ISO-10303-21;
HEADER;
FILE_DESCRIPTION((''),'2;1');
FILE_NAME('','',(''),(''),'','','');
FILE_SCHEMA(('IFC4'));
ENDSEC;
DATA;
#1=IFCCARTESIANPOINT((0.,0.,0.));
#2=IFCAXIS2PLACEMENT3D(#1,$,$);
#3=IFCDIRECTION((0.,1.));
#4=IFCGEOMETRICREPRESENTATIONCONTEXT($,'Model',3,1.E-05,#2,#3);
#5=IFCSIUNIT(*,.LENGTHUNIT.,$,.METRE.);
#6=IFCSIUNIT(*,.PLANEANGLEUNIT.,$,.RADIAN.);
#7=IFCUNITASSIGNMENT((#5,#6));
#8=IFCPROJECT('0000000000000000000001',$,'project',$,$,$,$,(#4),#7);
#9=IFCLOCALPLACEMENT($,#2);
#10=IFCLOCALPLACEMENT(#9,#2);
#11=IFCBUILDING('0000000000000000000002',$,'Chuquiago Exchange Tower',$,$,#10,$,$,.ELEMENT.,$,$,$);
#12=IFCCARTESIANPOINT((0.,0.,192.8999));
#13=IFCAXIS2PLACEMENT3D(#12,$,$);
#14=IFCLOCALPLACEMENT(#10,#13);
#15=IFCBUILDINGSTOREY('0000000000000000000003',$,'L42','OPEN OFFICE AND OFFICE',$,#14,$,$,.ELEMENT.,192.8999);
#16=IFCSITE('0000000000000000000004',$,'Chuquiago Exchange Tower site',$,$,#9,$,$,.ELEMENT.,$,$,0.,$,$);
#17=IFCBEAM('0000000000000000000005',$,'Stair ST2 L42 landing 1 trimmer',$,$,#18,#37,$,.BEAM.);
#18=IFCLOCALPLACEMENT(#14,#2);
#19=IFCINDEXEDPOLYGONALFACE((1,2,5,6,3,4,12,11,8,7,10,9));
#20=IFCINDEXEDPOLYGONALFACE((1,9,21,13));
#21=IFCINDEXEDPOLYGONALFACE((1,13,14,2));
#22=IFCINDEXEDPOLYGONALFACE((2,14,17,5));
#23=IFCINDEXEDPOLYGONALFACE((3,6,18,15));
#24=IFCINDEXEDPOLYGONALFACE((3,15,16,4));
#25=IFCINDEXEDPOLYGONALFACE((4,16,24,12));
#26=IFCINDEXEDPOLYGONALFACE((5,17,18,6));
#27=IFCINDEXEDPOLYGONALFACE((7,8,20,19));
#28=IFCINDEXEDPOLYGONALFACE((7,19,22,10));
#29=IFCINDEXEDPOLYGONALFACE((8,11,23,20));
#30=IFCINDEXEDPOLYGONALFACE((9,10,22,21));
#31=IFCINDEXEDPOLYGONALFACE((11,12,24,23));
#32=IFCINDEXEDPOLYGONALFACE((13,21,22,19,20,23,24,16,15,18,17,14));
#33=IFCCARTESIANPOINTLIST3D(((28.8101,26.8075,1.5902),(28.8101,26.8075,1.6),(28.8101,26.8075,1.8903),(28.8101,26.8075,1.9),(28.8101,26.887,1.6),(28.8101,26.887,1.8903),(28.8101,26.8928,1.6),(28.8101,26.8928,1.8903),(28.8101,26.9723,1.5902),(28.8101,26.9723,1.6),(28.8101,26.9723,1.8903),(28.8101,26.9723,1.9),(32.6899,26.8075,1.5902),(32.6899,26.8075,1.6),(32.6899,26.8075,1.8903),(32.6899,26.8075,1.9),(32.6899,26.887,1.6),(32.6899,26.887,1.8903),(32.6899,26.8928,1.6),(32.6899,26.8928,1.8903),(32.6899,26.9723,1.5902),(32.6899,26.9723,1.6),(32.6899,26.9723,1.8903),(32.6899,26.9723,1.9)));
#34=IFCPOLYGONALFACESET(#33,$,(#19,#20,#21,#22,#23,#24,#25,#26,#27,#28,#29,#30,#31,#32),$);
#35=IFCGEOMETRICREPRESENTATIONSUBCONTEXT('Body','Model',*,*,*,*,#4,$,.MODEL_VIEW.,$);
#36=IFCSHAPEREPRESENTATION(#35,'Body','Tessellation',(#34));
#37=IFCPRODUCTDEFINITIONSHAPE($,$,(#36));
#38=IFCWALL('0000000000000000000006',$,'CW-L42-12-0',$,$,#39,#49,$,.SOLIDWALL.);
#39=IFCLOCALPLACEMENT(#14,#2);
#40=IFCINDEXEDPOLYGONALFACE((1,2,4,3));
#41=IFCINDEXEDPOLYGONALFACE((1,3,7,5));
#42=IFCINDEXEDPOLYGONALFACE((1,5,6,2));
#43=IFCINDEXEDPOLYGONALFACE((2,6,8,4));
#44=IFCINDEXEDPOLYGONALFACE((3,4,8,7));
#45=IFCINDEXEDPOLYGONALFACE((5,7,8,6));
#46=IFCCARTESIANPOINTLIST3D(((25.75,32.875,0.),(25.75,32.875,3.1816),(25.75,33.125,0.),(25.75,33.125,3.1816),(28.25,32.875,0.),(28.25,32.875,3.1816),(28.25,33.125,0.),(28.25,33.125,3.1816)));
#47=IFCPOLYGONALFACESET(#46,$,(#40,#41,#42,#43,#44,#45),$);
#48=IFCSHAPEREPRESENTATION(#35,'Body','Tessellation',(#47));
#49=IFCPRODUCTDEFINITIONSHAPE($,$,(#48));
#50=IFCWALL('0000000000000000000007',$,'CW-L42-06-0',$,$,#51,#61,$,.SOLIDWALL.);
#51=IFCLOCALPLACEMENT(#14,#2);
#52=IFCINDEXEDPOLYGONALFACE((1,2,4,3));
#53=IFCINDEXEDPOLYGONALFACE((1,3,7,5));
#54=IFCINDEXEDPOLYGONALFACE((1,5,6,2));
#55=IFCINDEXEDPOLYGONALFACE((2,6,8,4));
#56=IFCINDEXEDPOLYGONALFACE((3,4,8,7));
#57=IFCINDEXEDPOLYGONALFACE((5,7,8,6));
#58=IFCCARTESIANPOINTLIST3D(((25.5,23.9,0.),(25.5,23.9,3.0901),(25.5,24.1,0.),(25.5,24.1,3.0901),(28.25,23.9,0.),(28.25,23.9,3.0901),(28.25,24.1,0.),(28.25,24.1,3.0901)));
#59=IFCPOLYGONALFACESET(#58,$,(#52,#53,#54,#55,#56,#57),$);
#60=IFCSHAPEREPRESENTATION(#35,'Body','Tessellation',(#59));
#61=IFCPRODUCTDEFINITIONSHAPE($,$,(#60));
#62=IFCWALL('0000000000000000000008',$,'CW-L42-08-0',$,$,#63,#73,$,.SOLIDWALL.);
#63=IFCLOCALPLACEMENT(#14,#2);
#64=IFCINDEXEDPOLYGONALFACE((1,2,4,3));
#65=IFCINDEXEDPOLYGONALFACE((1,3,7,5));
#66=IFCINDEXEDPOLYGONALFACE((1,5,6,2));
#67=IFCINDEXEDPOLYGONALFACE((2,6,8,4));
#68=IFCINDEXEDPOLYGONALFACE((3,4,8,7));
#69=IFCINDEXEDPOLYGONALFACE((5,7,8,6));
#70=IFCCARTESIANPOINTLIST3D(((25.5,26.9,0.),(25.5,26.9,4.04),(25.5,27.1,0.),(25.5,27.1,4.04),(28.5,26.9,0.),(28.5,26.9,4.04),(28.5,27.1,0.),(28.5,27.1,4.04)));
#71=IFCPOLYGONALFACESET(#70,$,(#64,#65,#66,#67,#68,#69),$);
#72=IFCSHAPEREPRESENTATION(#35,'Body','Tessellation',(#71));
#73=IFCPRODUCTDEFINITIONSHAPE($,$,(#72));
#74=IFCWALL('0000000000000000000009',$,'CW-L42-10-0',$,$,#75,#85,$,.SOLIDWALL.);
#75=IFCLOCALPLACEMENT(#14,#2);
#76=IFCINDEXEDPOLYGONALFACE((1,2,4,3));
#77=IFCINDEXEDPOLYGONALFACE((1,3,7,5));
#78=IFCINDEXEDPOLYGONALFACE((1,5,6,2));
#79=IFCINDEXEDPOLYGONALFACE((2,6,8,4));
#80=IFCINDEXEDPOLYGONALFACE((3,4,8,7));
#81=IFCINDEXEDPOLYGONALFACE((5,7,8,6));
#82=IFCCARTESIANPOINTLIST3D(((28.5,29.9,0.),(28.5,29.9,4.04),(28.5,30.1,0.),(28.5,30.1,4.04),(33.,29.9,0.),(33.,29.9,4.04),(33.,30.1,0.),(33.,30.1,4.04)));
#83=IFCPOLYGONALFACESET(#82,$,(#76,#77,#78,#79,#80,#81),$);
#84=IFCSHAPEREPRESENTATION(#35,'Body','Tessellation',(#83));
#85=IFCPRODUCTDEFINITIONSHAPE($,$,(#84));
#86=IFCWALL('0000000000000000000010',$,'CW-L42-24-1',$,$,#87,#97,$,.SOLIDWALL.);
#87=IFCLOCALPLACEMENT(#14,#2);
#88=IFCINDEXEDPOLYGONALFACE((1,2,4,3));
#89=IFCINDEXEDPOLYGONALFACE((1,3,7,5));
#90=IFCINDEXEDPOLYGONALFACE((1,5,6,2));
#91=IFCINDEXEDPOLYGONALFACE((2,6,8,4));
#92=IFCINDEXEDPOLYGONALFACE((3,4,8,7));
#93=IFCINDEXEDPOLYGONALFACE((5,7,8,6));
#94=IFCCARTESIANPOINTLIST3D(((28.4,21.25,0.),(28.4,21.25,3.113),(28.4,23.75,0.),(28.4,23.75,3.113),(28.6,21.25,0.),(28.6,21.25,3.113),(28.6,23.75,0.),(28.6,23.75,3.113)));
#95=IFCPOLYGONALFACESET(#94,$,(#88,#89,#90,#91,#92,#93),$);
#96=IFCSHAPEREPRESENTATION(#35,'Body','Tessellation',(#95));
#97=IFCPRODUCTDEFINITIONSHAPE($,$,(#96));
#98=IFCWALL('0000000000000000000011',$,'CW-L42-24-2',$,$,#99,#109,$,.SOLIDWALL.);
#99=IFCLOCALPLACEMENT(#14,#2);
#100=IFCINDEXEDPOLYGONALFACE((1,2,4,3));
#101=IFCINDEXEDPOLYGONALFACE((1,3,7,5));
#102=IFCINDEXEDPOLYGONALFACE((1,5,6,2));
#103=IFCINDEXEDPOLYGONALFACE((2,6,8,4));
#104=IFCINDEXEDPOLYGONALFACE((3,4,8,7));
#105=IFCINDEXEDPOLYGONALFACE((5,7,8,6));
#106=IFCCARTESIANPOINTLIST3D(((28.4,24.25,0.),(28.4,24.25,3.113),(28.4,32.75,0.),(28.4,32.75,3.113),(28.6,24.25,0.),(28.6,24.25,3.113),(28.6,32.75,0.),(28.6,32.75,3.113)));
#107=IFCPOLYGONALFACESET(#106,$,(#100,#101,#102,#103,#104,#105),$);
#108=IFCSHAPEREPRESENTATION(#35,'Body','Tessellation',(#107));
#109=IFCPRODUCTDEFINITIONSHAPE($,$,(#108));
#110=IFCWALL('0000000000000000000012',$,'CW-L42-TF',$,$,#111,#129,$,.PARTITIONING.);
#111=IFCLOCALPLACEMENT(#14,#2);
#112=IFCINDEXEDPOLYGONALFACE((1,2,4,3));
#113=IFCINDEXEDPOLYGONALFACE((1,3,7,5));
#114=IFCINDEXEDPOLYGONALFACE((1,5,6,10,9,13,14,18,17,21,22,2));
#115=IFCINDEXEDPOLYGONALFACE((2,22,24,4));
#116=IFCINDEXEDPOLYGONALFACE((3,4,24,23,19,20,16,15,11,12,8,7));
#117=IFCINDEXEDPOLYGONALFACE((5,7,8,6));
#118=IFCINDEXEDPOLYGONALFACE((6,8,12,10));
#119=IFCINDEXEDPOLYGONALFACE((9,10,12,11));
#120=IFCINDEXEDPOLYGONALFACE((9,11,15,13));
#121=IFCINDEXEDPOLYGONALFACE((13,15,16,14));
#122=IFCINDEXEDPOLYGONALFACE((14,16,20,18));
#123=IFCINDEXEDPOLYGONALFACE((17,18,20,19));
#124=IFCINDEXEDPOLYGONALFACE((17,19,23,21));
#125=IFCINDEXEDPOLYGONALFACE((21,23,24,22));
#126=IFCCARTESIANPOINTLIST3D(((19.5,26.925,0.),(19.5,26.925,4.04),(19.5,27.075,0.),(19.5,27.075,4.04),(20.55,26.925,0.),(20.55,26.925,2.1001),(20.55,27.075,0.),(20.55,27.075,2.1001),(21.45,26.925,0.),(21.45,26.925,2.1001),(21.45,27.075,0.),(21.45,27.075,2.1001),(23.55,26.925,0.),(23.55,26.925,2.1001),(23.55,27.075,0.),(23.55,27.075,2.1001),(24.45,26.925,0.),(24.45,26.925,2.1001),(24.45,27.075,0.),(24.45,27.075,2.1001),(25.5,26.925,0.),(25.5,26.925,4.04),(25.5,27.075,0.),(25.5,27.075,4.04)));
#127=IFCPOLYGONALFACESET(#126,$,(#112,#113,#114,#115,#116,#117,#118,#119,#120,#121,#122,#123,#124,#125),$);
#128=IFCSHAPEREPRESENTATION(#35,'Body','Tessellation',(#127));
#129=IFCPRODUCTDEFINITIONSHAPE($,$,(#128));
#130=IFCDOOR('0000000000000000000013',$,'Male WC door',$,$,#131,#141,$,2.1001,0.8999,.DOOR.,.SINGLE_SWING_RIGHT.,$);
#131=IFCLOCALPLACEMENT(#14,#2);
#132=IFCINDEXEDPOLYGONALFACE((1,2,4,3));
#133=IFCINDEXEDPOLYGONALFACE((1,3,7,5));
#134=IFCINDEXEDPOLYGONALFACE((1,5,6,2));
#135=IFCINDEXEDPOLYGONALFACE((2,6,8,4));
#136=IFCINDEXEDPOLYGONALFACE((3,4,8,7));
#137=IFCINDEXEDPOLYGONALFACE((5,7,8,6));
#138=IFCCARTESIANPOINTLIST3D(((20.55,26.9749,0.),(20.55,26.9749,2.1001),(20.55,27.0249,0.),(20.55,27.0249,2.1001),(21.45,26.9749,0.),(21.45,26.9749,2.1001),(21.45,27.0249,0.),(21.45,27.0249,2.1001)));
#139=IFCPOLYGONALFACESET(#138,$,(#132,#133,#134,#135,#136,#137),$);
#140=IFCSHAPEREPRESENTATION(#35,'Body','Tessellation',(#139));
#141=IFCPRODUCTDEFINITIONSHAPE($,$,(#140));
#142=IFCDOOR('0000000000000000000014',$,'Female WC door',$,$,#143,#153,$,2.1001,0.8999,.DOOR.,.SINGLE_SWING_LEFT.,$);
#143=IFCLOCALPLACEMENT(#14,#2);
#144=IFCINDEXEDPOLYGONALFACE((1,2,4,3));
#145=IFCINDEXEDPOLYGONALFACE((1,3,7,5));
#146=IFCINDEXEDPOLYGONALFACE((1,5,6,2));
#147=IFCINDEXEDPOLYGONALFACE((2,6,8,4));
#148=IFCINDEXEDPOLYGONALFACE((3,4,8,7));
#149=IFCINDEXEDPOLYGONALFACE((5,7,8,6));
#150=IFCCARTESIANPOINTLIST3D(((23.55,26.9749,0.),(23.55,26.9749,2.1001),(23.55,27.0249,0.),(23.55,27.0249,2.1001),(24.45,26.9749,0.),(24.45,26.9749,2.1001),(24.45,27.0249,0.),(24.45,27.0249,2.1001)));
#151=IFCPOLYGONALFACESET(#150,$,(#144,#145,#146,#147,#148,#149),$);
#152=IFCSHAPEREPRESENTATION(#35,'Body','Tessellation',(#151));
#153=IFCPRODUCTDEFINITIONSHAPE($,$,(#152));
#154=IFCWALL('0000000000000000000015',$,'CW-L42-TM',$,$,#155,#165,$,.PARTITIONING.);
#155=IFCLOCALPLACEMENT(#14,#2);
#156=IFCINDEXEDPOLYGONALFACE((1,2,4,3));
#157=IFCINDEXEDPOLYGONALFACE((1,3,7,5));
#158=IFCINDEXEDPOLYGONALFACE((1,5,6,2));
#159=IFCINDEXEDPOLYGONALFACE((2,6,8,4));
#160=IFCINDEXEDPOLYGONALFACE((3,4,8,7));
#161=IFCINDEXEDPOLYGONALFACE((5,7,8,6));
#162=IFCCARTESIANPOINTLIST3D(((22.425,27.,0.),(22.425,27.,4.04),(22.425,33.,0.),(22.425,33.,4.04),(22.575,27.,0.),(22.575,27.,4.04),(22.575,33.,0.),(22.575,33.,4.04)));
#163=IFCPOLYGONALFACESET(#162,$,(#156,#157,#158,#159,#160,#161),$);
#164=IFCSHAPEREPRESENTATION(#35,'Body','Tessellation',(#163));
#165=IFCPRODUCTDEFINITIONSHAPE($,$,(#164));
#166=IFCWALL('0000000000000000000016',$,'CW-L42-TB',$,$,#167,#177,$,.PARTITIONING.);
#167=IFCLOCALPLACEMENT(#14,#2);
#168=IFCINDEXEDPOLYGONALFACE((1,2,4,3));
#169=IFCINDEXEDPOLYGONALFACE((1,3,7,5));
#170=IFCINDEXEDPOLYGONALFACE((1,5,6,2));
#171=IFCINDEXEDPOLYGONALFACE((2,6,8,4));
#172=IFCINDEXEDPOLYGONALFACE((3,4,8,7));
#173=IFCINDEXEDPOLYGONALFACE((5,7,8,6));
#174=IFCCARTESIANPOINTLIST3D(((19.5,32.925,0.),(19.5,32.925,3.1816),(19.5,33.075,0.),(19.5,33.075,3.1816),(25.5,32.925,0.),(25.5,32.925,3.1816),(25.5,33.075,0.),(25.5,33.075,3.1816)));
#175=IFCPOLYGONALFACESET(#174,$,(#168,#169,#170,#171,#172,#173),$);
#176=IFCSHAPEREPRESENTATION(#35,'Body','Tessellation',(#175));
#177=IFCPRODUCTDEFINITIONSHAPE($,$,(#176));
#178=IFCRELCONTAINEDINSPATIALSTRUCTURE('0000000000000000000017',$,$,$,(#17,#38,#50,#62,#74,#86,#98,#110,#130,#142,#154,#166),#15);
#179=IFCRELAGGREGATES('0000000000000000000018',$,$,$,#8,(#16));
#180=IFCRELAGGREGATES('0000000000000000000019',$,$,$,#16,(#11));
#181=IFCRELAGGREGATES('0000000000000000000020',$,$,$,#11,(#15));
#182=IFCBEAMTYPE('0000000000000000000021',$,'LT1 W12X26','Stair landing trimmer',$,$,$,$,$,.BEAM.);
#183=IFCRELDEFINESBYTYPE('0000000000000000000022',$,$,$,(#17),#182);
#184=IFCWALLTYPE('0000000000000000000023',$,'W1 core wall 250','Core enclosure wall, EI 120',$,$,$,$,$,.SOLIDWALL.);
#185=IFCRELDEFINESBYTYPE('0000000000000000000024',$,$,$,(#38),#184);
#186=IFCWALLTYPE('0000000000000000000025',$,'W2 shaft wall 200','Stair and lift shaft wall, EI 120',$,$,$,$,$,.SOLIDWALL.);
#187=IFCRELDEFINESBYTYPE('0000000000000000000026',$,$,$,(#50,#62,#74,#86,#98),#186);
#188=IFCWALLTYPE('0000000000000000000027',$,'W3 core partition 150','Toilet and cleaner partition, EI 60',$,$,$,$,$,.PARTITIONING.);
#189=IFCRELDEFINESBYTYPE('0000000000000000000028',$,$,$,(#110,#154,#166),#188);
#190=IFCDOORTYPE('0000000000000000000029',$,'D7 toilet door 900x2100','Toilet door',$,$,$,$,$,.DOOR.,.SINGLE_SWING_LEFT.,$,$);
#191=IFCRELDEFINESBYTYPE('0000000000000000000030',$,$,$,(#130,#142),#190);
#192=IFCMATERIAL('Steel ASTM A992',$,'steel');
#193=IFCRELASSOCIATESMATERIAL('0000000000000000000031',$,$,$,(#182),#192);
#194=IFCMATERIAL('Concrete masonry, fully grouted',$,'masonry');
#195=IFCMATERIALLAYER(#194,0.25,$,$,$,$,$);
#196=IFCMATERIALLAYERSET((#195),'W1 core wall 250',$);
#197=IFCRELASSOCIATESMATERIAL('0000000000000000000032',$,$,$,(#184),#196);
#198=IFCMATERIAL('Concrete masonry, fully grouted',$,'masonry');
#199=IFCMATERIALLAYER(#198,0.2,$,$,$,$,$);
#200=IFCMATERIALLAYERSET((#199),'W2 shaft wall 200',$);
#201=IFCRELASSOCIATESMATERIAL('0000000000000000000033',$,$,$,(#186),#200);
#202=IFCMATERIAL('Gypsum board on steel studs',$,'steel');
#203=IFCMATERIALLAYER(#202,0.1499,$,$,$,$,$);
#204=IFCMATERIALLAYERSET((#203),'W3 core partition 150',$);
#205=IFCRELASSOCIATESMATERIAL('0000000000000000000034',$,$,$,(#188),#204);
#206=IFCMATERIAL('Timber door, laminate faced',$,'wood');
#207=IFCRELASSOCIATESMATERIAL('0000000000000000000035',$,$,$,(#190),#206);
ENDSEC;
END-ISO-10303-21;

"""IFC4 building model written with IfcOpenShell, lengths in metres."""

from ifc_helpers import new_model, si_unit, direction, frame, frame_2d, origin, origin_2d, place, context, subcontext, project, spatial, rectangle, i_section, extrude, material, layer, layer_set, material_profile, profile_set, type_object, element, fill, save


model = new_model("IFC4")

# Units and contexts
model_context = context("Model", 3, precision=1e-05, world=origin(), true_north=direction((0.0, 1.0)))
body_context = subcontext(model_context, "Body", "Model", "MODEL_VIEW")
ifc_project = project(units=[si_unit("LENGTHUNIT", "METRE"), si_unit("PLANEANGLEUNIT", "RADIAN")], contexts=[model_context])

# Site, building, storey
site_placement = place(None, origin())
site = spatial("IfcSite", under=ifc_project, at=site_placement, Name="Chuquiago Exchange Tower site", CompositionType="ELEMENT", RefElevation=0.0)
building_placement = place(site_placement, origin())
building = spatial("IfcBuilding", under=site, at=building_placement, Name="Chuquiago Exchange Tower", CompositionType="ELEMENT")
storey_placement = place(building_placement, frame((0.0, 0.0, 192.8999)))
storey = spatial("IfcBuildingStorey", under=building, at=storey_placement, Name="L42", Description="OPEN OFFICE AND OFFICE", CompositionType="ELEMENT", Elevation=192.8999)

# Beam
ifc_material_1 = material(Name="Steel ASTM A992", Category="steel")
ifc_material_profile_1 = material_profile(ifc_material_1, i_section(OverallWidth=0.1648, OverallDepth=0.3098, WebThickness=0.0059, FlangeThickness=0.0098, at=origin_2d()), Name="W12X26")
ifc_profile_set_1 = profile_set([ifc_material_profile_1], Name="Steel ASTM A992")
beam_type_1 = type_object("IfcBeamType", Name="LT1 W12X26", Description="Stair landing trimmer", PredefinedType="BEAM", material=ifc_profile_set_1)
for number, where, z_axis, x_axis, name in (
    (1, (28.8101, 26.8899, 1.7451), (1.0, 0.0, 0.0), (0.0, 1.0, 0.0), "Stair ST2 L42 landing 1 trimmer"),
):
    element("IfcBeam", number, at=place(storey_placement, frame(where, z_axis=z_axis, x_axis=x_axis)), inside=storey, type_object=beam_type_1, Name=name, PredefinedType="BEAM", context=body_context, shape_type="SweptSolid", body=[
        extrude(i_section(OverallWidth=0.1648, OverallDepth=0.3098, WebThickness=0.0059, FlangeThickness=0.0098, at=origin_2d()), origin(), (0.0, 0.0, 1.0), 3.8799),
    ])

# Walls
ifc_material_2 = material(Name="Concrete masonry, fully grouted", Category="masonry")
ifc_layer_1 = layer(ifc_material_2, 0.25)
ifc_layer_set_1 = layer_set([ifc_layer_1], Name="W1 core wall 250")
wall_type_1 = type_object("IfcWallType", Name="W1 core wall 250", Description="Core enclosure wall, EI 120", PredefinedType="SOLIDWALL", material=ifc_layer_set_1)
wall_1_placement = place(storey_placement, frame((25.75, 33.0, 0.0), z_axis=(0.0, 0.0, 1.0), x_axis=(1.0, 0.0, 0.0)))
element("IfcWall", 2, at=wall_1_placement, inside=storey, type_object=wall_type_1, Name="CW-L42-12-0", PredefinedType="SOLIDWALL", context=body_context, shape_type="SweptSolid", body=[
    extrude(rectangle(XDim=2.5, YDim=0.25, at=frame_2d((1.25, 0.0))), origin(), (0.0, 0.0, 1.0), 3.1816),
])
ifc_material_3 = material(Name="Concrete masonry, fully grouted", Category="masonry")
ifc_layer_2 = layer(ifc_material_3, 0.2)
ifc_layer_set_2 = layer_set([ifc_layer_2], Name="W2 shaft wall 200")
wall_type_2 = type_object("IfcWallType", Name="W2 shaft wall 200", Description="Stair and lift shaft wall, EI 120", PredefinedType="SOLIDWALL", material=ifc_layer_set_2)
wall_2_placement = place(storey_placement, frame((25.5, 24.0, 0.0), z_axis=(0.0, 0.0, 1.0), x_axis=(1.0, 0.0, 0.0)))
element("IfcWall", 3, at=wall_2_placement, inside=storey, type_object=wall_type_2, Name="CW-L42-06-0", PredefinedType="SOLIDWALL", context=body_context, shape_type="SweptSolid", body=[
    extrude(rectangle(XDim=2.75, YDim=0.2, at=frame_2d((1.375, 0.0))), origin(), (0.0, 0.0, 1.0), 3.0901),
])
wall_3_placement = place(storey_placement, frame((25.5, 27.0, 0.0), z_axis=(0.0, 0.0, 1.0), x_axis=(1.0, 0.0, 0.0)))
element("IfcWall", 4, at=wall_3_placement, inside=storey, type_object=wall_type_2, Name="CW-L42-08-0", PredefinedType="SOLIDWALL", context=body_context, shape_type="SweptSolid", body=[
    extrude(rectangle(XDim=3.0, YDim=0.2, at=frame_2d((1.5, 0.0))), origin(), (0.0, 0.0, 1.0), 4.04),
])
wall_4_placement = place(storey_placement, frame((28.5, 30.0, 0.0), z_axis=(0.0, 0.0, 1.0), x_axis=(1.0, 0.0, 0.0)))
element("IfcWall", 5, at=wall_4_placement, inside=storey, type_object=wall_type_2, Name="CW-L42-10-0", PredefinedType="SOLIDWALL", context=body_context, shape_type="SweptSolid", body=[
    extrude(rectangle(XDim=4.5, YDim=0.2, at=frame_2d((2.25, 0.0))), origin(), (0.0, 0.0, 1.0), 4.04),
])
wall_5_placement = place(storey_placement, frame((28.5, 21.25, 0.0), z_axis=(0.0, 0.0, 1.0), x_axis=(0.0, 1.0, 0.0)))
element("IfcWall", 6, at=wall_5_placement, inside=storey, type_object=wall_type_2, Name="CW-L42-24-1", PredefinedType="SOLIDWALL", context=body_context, shape_type="SweptSolid", body=[
    extrude(rectangle(XDim=2.5, YDim=0.2, at=frame_2d((1.25, 0.0))), origin(), (0.0, 0.0, 1.0), 3.113),
])
wall_6_placement = place(storey_placement, frame((28.5, 24.25, 0.0), z_axis=(0.0, 0.0, 1.0), x_axis=(0.0, 1.0, 0.0)))
element("IfcWall", 7, at=wall_6_placement, inside=storey, type_object=wall_type_2, Name="CW-L42-24-2", PredefinedType="SOLIDWALL", context=body_context, shape_type="SweptSolid", body=[
    extrude(rectangle(XDim=8.5, YDim=0.2, at=frame_2d((4.25, 0.0))), origin(), (0.0, 0.0, 1.0), 3.113),
])

# Wall, openings, doors
ifc_material_4 = material(Name="Gypsum board on steel studs", Category="steel")
ifc_layer_3 = layer(ifc_material_4, 0.1499)
ifc_layer_set_3 = layer_set([ifc_layer_3], Name="W3 core partition 150")
wall_type_3 = type_object("IfcWallType", Name="W3 core partition 150", Description="Toilet and cleaner partition, EI 60", PredefinedType="PARTITIONING", material=ifc_layer_set_3)
wall_7_placement = place(storey_placement, frame((19.5, 27.0, 0.0), z_axis=(0.0, 0.0, 1.0), x_axis=(1.0, 0.0, 0.0)))
wall_7 = element("IfcWall", 8, at=wall_7_placement, inside=storey, type_object=wall_type_3, Name="CW-L42-TF", PredefinedType="PARTITIONING", context=body_context, shape_type="SweptSolid", body=[
    extrude(rectangle(XDim=6.0, YDim=0.1499, at=frame_2d((3.0, 0.0))), origin(), (0.0, 0.0, 1.0), 4.04),
])
opening_1_placement = place(wall_7_placement, frame((1.05, 0.0, 0.0)))
opening_1 = element("IfcOpeningElement", 9, at=opening_1_placement, cuts=wall_7, PredefinedType="OPENING", context=body_context, shape_type="SweptSolid", body=[
    extrude(rectangle(XDim=0.8999, YDim=2.1001, at=frame_2d((0.45, 1.05))), frame((0.0, 0.085, 0.0), z_axis=(0.0, -1.0, 0.0), x_axis=(1.0, 0.0, 0.0)), (0.0, 0.0, 1.0), 0.1699),
])
opening_2_placement = place(wall_7_placement, frame((4.05, 0.0, 0.0)))
opening_2 = element("IfcOpeningElement", 10, at=opening_2_placement, cuts=wall_7, PredefinedType="OPENING", context=body_context, shape_type="SweptSolid", body=[
    extrude(rectangle(XDim=0.8999, YDim=2.1001, at=frame_2d((0.45, 1.05))), frame((0.0, 0.085, 0.0), z_axis=(0.0, -1.0, 0.0), x_axis=(1.0, 0.0, 0.0)), (0.0, 0.0, 1.0), 0.1699),
])
ifc_material_5 = material(Name="Timber door, laminate faced", Category="wood")
door_type = type_object("IfcDoorType", Name="D7 toilet door 900x2100", Description="Toilet door", OperationType="SINGLE_SWING_LEFT", PredefinedType="DOOR", material=ifc_material_5)
door_1_placement = place(opening_1_placement, origin())
door_1 = element("IfcDoor", 11, at=door_1_placement, inside=storey, type_object=door_type, Name="Male WC door", OperationType="SINGLE_SWING_RIGHT", OverallHeight=2.1001, OverallWidth=0.8999, PredefinedType="DOOR", context=body_context, shape_type="SweptSolid", body=[
    extrude(rectangle(XDim=0.8999, YDim=2.1001, at=frame_2d((0.45, 1.05))), frame((0.0, 0.0249, 0.0), z_axis=(0.0, -1.0, 0.0), x_axis=(1.0, 0.0, 0.0)), (0.0, 0.0, 1.0), 0.05),
])
fill(opening_1, door_1)
door_2_placement = place(opening_2_placement, origin())
door_2 = element("IfcDoor", 12, at=door_2_placement, inside=storey, type_object=door_type, Name="Female WC door", OperationType="SINGLE_SWING_LEFT", OverallHeight=2.1001, OverallWidth=0.8999, PredefinedType="DOOR", context=body_context, shape_type="SweptSolid", body=[
    extrude(rectangle(XDim=0.8999, YDim=2.1001, at=frame_2d((0.45, 1.05))), frame((0.0, 0.0249, 0.0), z_axis=(0.0, -1.0, 0.0), x_axis=(1.0, 0.0, 0.0)), (0.0, 0.0, 1.0), 0.05),
])
fill(opening_2, door_2)

# Walls
wall_8_placement = place(storey_placement, frame((22.5, 27.0, 0.0), z_axis=(0.0, 0.0, 1.0), x_axis=(0.0, 1.0, 0.0)))
element("IfcWall", 13, at=wall_8_placement, inside=storey, type_object=wall_type_3, Name="CW-L42-TM", PredefinedType="PARTITIONING", context=body_context, shape_type="SweptSolid", body=[
    extrude(rectangle(XDim=6.0, YDim=0.1499, at=frame_2d((3.0, 0.0))), origin(), (0.0, 0.0, 1.0), 4.04),
])
wall_9_placement = place(storey_placement, frame((19.5, 33.0, 0.0), z_axis=(0.0, 0.0, 1.0), x_axis=(1.0, 0.0, 0.0)))
element("IfcWall", 14, at=wall_9_placement, inside=storey, type_object=wall_type_3, Name="CW-L42-TB", PredefinedType="PARTITIONING", context=body_context, shape_type="SweptSolid", body=[
    extrude(rectangle(XDim=6.0, YDim=0.1499, at=frame_2d((3.0, 0.0))), origin(), (0.0, 0.0, 1.0), 3.1816),
])

save(model, "model.ifc")
